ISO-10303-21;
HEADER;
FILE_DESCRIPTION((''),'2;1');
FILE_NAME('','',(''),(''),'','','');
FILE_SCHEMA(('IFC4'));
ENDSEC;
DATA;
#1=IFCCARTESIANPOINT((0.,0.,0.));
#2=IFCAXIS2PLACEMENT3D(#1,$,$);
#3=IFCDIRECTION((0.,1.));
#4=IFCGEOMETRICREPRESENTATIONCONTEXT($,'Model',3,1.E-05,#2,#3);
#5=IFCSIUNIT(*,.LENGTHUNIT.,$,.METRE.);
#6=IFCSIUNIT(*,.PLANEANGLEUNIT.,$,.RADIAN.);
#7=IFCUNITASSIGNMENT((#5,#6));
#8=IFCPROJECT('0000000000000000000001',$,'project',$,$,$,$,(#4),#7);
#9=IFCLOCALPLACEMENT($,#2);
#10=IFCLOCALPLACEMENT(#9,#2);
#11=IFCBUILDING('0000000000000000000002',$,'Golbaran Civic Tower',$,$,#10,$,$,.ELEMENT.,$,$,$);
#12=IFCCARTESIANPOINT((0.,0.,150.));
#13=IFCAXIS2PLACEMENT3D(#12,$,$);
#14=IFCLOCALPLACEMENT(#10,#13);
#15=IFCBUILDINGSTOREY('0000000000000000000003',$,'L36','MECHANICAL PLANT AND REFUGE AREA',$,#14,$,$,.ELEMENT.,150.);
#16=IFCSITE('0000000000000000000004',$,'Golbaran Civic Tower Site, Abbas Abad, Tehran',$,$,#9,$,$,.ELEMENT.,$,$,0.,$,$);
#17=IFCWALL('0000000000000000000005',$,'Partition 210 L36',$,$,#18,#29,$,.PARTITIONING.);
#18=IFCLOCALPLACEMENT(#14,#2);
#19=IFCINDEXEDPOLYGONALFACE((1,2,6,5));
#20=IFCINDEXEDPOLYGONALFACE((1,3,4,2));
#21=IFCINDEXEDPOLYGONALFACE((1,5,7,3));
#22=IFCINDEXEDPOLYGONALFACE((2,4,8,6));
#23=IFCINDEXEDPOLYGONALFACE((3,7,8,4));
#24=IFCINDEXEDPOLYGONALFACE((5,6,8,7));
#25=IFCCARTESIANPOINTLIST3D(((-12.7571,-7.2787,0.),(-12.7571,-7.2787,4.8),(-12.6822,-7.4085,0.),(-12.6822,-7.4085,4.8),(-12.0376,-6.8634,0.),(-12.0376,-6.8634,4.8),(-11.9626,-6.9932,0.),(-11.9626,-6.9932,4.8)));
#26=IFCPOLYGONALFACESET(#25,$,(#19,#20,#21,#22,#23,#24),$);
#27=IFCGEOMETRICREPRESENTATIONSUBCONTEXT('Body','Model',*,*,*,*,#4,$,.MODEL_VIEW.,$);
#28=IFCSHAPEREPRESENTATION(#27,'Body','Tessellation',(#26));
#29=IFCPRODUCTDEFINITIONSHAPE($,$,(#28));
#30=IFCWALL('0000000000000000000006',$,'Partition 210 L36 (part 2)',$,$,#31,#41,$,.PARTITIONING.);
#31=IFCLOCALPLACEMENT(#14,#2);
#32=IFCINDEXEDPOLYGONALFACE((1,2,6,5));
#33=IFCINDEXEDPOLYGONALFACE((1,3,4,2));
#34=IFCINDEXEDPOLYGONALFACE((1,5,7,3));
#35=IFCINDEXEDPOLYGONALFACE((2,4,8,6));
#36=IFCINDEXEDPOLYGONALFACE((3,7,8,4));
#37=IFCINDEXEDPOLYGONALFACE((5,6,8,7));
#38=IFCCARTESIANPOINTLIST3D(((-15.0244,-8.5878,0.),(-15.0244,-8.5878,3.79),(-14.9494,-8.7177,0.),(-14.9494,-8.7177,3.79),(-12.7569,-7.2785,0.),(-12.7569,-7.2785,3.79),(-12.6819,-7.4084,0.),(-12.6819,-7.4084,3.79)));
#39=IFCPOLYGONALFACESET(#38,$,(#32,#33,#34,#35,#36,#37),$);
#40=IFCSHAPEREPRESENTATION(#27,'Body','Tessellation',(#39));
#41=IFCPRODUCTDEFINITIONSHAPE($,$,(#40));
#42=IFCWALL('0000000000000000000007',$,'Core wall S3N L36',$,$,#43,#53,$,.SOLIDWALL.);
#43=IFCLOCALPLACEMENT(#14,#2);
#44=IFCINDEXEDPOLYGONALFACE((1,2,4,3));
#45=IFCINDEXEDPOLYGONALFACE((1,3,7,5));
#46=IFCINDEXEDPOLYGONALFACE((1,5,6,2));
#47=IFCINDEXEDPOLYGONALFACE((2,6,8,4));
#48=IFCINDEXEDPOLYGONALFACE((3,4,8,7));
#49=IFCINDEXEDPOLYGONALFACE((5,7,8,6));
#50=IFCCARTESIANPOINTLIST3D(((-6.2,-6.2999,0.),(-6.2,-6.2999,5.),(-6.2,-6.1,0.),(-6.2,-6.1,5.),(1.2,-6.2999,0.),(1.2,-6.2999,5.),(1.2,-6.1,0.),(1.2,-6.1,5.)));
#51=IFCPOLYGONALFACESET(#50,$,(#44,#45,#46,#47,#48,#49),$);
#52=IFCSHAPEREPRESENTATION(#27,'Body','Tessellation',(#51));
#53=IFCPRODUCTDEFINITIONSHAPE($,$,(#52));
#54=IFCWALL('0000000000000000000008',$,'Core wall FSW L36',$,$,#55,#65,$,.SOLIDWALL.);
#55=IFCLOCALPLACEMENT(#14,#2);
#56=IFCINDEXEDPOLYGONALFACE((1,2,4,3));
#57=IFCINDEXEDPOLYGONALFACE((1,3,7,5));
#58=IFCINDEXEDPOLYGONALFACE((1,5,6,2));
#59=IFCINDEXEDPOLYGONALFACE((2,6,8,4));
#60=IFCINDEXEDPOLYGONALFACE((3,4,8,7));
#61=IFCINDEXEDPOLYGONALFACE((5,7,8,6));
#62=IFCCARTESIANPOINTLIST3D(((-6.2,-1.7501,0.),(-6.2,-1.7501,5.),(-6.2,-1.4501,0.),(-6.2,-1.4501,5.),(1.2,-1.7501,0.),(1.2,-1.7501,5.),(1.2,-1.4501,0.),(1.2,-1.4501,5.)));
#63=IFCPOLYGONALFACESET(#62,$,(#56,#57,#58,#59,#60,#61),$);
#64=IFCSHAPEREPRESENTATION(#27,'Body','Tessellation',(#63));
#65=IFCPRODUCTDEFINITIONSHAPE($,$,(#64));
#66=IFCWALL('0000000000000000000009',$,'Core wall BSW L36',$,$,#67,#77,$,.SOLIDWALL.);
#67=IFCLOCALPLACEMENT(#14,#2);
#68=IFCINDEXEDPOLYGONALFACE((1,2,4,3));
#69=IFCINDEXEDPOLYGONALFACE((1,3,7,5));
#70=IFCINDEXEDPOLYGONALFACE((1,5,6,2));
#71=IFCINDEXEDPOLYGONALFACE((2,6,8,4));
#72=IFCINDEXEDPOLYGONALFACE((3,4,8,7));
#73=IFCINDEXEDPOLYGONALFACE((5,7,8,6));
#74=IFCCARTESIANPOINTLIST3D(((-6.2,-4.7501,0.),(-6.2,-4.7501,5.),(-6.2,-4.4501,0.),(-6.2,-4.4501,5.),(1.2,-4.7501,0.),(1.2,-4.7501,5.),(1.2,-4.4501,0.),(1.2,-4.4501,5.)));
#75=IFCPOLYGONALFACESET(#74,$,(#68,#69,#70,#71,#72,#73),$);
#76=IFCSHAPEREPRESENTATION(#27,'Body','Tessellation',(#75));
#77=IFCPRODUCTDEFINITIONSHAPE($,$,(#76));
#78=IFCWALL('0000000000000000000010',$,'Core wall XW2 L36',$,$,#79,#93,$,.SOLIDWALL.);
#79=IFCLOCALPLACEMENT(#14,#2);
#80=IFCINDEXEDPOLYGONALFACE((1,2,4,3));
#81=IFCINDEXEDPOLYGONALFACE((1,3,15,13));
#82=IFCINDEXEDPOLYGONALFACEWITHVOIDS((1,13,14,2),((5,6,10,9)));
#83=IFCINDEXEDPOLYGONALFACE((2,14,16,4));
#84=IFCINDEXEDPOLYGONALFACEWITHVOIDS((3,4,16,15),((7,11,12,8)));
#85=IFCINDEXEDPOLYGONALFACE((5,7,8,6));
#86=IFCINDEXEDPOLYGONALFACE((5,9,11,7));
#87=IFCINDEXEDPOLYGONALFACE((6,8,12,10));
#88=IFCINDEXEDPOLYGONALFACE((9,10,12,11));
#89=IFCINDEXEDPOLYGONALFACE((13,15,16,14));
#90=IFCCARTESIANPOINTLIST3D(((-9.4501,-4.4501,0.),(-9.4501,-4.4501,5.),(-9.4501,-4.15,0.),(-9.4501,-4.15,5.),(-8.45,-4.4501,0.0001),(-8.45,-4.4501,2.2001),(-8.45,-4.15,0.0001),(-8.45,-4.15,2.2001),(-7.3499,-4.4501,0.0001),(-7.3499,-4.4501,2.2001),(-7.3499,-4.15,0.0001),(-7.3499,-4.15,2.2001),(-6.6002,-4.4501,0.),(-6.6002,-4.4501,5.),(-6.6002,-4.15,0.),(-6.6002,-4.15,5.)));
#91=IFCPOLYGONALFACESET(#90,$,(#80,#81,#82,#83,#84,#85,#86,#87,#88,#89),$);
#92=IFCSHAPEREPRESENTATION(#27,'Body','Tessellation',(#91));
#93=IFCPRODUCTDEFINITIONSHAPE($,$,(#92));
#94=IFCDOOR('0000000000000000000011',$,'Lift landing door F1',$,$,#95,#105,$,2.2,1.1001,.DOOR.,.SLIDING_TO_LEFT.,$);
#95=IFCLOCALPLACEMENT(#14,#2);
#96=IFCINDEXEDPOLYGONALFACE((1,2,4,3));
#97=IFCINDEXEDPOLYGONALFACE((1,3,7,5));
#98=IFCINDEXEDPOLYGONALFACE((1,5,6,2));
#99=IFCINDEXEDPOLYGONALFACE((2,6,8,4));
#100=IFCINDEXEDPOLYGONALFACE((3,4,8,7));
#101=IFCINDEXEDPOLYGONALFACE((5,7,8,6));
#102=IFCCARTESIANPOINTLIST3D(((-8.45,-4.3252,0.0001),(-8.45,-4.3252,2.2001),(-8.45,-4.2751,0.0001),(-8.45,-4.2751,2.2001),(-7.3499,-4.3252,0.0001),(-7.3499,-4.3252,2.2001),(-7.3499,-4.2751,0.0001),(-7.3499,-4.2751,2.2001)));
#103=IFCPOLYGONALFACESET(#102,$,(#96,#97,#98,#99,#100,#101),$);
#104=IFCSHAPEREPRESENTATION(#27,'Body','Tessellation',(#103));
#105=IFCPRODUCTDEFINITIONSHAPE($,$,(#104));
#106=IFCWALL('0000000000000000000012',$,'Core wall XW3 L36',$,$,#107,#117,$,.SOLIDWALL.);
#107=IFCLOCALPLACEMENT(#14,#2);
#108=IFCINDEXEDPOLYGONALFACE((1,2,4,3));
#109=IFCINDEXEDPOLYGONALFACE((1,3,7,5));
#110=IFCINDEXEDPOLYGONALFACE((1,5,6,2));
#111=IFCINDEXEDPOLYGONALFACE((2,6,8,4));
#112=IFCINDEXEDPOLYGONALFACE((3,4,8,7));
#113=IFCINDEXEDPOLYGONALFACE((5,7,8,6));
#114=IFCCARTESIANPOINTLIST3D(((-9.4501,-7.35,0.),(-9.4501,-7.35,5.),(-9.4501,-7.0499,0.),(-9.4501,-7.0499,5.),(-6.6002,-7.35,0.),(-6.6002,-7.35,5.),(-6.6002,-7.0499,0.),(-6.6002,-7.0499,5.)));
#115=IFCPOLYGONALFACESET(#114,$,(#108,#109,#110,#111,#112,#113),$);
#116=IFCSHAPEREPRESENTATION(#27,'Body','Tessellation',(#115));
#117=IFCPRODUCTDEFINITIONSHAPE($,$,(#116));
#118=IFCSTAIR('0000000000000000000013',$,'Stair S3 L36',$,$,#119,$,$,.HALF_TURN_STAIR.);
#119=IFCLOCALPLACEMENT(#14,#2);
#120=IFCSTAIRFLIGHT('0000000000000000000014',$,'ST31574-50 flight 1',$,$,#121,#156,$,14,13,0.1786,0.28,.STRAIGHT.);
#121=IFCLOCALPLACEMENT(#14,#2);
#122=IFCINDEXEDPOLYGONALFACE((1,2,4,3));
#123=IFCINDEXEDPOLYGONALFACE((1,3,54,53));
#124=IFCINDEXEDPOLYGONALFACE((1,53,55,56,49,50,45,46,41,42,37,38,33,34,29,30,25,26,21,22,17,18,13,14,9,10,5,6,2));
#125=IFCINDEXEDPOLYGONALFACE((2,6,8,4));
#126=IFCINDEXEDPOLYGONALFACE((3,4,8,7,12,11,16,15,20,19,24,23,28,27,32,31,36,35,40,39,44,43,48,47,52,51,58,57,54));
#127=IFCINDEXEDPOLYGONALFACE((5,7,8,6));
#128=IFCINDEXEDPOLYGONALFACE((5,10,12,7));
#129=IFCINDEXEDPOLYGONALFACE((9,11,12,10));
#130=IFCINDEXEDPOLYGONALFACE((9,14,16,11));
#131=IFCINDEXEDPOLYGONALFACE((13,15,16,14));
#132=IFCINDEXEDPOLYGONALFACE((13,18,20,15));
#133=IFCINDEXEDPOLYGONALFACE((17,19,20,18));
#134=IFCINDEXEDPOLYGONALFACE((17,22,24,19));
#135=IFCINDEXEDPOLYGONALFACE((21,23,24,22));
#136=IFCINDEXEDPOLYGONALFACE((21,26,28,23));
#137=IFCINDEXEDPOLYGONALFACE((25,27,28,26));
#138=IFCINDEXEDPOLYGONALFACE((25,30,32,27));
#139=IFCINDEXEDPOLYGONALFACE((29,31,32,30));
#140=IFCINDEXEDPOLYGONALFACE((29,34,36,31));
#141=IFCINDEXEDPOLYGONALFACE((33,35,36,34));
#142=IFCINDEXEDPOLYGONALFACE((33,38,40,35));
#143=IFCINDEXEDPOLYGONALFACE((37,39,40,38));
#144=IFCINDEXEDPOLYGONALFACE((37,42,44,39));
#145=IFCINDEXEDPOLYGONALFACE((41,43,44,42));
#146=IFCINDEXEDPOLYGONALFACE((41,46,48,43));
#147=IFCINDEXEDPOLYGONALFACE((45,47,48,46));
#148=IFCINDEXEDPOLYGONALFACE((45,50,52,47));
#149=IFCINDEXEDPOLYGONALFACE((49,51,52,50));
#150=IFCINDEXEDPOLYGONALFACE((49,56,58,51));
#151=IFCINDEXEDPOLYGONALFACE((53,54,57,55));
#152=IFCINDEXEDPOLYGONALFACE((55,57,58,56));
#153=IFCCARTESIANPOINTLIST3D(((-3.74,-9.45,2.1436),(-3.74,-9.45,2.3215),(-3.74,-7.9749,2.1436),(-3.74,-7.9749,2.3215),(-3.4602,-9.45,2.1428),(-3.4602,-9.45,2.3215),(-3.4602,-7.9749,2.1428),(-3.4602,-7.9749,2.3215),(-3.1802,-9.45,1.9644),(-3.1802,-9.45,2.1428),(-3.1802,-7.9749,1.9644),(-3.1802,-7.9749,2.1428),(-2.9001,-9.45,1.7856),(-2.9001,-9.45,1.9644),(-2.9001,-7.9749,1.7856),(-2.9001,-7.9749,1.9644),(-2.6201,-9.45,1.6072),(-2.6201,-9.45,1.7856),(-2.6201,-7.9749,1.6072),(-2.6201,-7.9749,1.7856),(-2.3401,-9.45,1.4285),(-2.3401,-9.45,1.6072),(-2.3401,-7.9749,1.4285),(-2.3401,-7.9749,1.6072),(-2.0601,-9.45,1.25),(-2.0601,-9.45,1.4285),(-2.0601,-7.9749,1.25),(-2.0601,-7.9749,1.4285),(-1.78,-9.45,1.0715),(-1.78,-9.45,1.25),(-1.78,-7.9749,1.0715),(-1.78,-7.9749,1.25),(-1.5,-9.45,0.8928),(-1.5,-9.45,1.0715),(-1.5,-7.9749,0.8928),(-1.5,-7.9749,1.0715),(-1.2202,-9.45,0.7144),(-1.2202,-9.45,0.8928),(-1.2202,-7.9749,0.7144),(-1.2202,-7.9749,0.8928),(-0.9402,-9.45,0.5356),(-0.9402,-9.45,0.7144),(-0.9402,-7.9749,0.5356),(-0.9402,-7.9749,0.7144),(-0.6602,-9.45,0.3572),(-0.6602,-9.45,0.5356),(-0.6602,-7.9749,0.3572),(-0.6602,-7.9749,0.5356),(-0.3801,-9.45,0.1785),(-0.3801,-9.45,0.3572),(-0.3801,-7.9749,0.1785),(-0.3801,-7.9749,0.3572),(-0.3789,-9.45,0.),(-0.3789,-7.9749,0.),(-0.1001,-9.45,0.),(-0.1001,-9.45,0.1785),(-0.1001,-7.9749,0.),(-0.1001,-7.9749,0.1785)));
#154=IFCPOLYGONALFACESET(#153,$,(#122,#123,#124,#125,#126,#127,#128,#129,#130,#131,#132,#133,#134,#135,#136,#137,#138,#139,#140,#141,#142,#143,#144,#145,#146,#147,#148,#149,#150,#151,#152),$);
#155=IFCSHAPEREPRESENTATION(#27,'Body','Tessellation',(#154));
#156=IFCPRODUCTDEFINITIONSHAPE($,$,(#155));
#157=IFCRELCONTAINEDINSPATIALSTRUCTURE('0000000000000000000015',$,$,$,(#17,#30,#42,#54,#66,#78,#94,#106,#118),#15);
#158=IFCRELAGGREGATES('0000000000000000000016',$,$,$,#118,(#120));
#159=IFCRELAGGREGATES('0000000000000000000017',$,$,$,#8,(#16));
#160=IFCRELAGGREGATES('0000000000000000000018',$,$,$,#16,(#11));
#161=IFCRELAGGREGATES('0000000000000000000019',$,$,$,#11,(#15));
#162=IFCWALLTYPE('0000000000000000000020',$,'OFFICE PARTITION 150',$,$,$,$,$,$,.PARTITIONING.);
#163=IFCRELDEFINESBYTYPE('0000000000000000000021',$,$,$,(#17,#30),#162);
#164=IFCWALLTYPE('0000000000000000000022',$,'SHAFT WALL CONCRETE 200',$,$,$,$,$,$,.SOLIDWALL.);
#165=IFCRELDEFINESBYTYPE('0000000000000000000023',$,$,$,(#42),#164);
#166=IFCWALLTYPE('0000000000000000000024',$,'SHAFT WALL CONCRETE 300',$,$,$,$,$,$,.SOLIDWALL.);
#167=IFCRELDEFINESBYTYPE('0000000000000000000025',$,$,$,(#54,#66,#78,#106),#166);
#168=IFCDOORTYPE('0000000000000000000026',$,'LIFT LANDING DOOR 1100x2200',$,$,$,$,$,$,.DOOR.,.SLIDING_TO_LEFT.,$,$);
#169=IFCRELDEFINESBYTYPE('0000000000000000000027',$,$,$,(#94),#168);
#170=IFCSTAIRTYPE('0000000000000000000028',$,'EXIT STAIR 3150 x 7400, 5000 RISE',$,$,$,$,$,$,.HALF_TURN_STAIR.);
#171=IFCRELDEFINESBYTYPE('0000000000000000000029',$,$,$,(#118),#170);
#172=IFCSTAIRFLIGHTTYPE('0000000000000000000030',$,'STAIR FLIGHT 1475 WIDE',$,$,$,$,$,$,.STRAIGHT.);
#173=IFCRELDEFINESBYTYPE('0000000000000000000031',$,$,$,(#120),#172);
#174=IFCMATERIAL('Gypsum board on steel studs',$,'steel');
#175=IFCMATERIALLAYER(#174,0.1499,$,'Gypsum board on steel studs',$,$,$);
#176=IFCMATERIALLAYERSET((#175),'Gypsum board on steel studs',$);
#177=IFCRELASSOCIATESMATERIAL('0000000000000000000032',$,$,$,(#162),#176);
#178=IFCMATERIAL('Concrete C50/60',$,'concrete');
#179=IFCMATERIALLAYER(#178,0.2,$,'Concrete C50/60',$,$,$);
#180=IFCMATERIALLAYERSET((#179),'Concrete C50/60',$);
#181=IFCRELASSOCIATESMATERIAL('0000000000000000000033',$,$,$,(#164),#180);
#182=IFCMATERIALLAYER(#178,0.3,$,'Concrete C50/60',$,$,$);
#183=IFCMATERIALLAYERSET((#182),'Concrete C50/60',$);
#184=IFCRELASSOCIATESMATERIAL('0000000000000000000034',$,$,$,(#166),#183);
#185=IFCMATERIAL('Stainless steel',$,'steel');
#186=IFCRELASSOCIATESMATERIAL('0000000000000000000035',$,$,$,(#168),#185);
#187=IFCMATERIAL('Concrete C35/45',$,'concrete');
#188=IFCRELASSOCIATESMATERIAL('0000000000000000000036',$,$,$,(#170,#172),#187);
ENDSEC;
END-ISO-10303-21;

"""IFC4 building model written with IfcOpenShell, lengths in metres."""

from ifc_helpers import new_model, si_unit, direction, frame, frame_2d, origin, place, context, subcontext, project, spatial, polyline, rectangle, outline, extrude, material, layer, layer_set, type_object, element, fill, aggregate, save


model = new_model("IFC4")

# Units and contexts
model_context = context("Model", 3, precision=1e-05, world=origin(), true_north=direction((0.0, 1.0)))
body_context = subcontext(model_context, "Body", "Model", "MODEL_VIEW")
ifc_project = project(units=[si_unit("LENGTHUNIT", "METRE"), si_unit("PLANEANGLEUNIT", "RADIAN")], contexts=[model_context])

# Site, building, storey
site_placement = place(None, origin())
site = spatial("IfcSite", under=ifc_project, at=site_placement, Name="Golbaran Civic Tower Site, Abbas Abad, Tehran", CompositionType="ELEMENT", RefElevation=0.0)
building_placement = place(site_placement, origin())
building = spatial("IfcBuilding", under=site, at=building_placement, Name="Golbaran Civic Tower", CompositionType="ELEMENT")
storey_placement = place(building_placement, frame((0.0, 0.0, 150.0)))
storey = spatial("IfcBuildingStorey", under=building, at=storey_placement, Name="L36", Description="MECHANICAL PLANT AND REFUGE AREA", CompositionType="ELEMENT", Elevation=150.0)

# Shared definitions
ifc_material_1 = material(Name="Concrete C50/60", Category="concrete")

# Walls
ifc_material_2 = material(Name="Gypsum board on steel studs", Category="steel")
ifc_layer_1 = layer(ifc_material_2, 0.1499, Name="Gypsum board on steel studs")
ifc_layer_set_1 = layer_set([ifc_layer_1], Name="Gypsum board on steel studs")
wall_type_1 = type_object("IfcWallType", Name="OFFICE PARTITION 150", PredefinedType="PARTITIONING", material=ifc_layer_set_1)
wall_1_placement = place(storey_placement, frame((-12.0, -6.9282, 0.0), z_axis=(0.0, 0.0, 1.0), x_axis=(-0.866083, -0.499901, 0.0)))
element("IfcWall", 1, at=wall_1_placement, inside=storey, type_object=wall_type_1, Name="Partition 210 L36", PredefinedType="PARTITIONING", context=body_context, shape_type="SweptSolid", body=[
    extrude(rectangle(XDim=0.8308, YDim=0.1499, at=frame_2d((0.4155, 0.0))), origin(), (0.0, 0.0, 1.0), 4.8),
])
wall_2_placement = place(storey_placement, frame((-12.7195, -7.3435, 0.0), z_axis=(0.0, 0.0, 1.0), x_axis=(-0.866002, -0.50004, 0.0)))
element("IfcWall", 2, at=wall_2_placement, inside=storey, type_object=wall_type_1, Name="Partition 210 L36 (part 2)", PredefinedType="PARTITIONING", context=body_context, shape_type="SweptSolid", body=[
    extrude(rectangle(XDim=2.6184, YDim=0.1499, at=frame_2d((1.3091, 0.0))), origin(), (0.0, 0.0, 1.0), 3.79),
])
ifc_layer_2 = layer(ifc_material_1, 0.2, Name="Concrete C50/60")
ifc_layer_set_2 = layer_set([ifc_layer_2], Name="Concrete C50/60")
wall_type_2 = type_object("IfcWallType", Name="SHAFT WALL CONCRETE 200", PredefinedType="SOLIDWALL", material=ifc_layer_set_2)
wall_3_placement = place(storey_placement, frame((-6.2, -6.2, 0.0), z_axis=(0.0, 0.0, 1.0), x_axis=(1.0, 0.0, 0.0)))
element("IfcWall", 3, at=wall_3_placement, inside=storey, type_object=wall_type_2, Name="Core wall S3N L36", PredefinedType="SOLIDWALL", context=body_context, shape_type="SweptSolid", body=[
    extrude(rectangle(XDim=7.3999, YDim=0.2, at=frame_2d((3.7, 0.0))), origin(), (0.0, 0.0, 1.0), 5.0),
])
ifc_layer_3 = layer(ifc_material_1, 0.3, Name="Concrete C50/60")
ifc_layer_set_3 = layer_set([ifc_layer_3], Name="Concrete C50/60")
wall_type_3 = type_object("IfcWallType", Name="SHAFT WALL CONCRETE 300", PredefinedType="SOLIDWALL", material=ifc_layer_set_3)
for number, where, z_axis, x_axis, name in (
    (4, (-6.2, -1.6001, 0.0), (0.0, 0.0, 1.0), (1.0, 0.0, 0.0), "Core wall FSW L36"),
    (5, (-6.2, -4.6001, 0.0), (0.0, 0.0, 1.0), (1.0, 0.0, 0.0), "Core wall BSW L36"),
):
    element("IfcWall", number, at=place(storey_placement, frame(where, z_axis=z_axis, x_axis=x_axis)), inside=storey, type_object=wall_type_3, Name=name, PredefinedType="SOLIDWALL", context=body_context, shape_type="SweptSolid", body=[
        extrude(rectangle(XDim=7.3999, YDim=0.3, at=frame_2d((3.7, 0.0))), origin(), (0.0, 0.0, 1.0), 5.0),
    ])

# Wall, opening, door
wall_4_placement = place(storey_placement, frame((-9.45, -4.3, 0.0), z_axis=(0.0, 0.0, 1.0), x_axis=(1.0, 0.0, 0.0)))
wall_4 = element("IfcWall", 6, at=wall_4_placement, inside=storey, type_object=wall_type_3, Name="Core wall XW2 L36", PredefinedType="SOLIDWALL", context=body_context, shape_type="SweptSolid", body=[
    extrude(rectangle(XDim=2.8499, YDim=0.3, at=frame_2d((1.4248, 0.0))), origin(), (0.0, 0.0, 1.0), 5.0),
])
opening_1_placement = place(wall_4_placement, frame((1.0, 0.0, 0.0)))
opening_1 = element("IfcOpeningElement", 7, at=opening_1_placement, cuts=wall_4, PredefinedType="OPENING", context=body_context, shape_type="SweptSolid", body=[
    extrude(rectangle(XDim=1.1001, YDim=2.2, at=frame_2d((0.55, 1.1001))), frame((0.0, 0.1599, 0.0), z_axis=(0.0, -1.0, 0.0), x_axis=(1.0, 0.0, 0.0)), (0.0, 0.0, 1.0), 0.3201),
])
ifc_material_3 = material(Name="Stainless steel", Category="steel")
door_type_1 = type_object("IfcDoorType", Name="LIFT LANDING DOOR 1100x2200", OperationType="SLIDING_TO_LEFT", PredefinedType="DOOR", material=ifc_material_3)
door_1_placement = place(opening_1_placement, origin())
door_1 = element("IfcDoor", 8, at=door_1_placement, inside=storey, type_object=door_type_1, Name="Lift landing door F1", OperationType="SLIDING_TO_LEFT", OverallHeight=2.2, OverallWidth=1.1001, PredefinedType="DOOR", context=body_context, shape_type="SweptSolid", body=[
    extrude(rectangle(XDim=1.1001, YDim=2.2, at=frame_2d((0.55, 1.1001))), frame((0.0, 0.0249, 0.0), z_axis=(0.0, -1.0, 0.0), x_axis=(1.0, 0.0, 0.0)), (0.0, 0.0, 1.0), 0.05),
])
fill(opening_1, door_1)

# Wall
wall_5_placement = place(storey_placement, frame((-9.45, -7.2, 0.0), z_axis=(0.0, 0.0, 1.0), x_axis=(1.0, 0.0, 0.0)))
element("IfcWall", 9, at=wall_5_placement, inside=storey, type_object=wall_type_3, Name="Core wall XW3 L36", PredefinedType="SOLIDWALL", context=body_context, shape_type="SweptSolid", body=[
    extrude(rectangle(XDim=2.8499, YDim=0.3, at=frame_2d((1.4248, 0.0))), origin(), (0.0, 0.0, 1.0), 5.0),
])

# Stair, stair flight
ifc_material_4 = material(Name="Concrete C35/45", Category="concrete")
stair_type = type_object("IfcStairType", Name="EXIT STAIR 3150 x 7400, 5000 RISE", PredefinedType="HALF_TURN_STAIR", material=ifc_material_4)
stair_placement = place(storey_placement, origin())
stair = element("IfcStair", 10, at=stair_placement, inside=storey, type_object=stair_type, Name="Stair S3 L36", PredefinedType="HALF_TURN_STAIR")
stair_flight_type = type_object("IfcStairFlightType", Name="STAIR FLIGHT 1475 WIDE", PredefinedType="STRAIGHT", material=ifc_material_4)
stair_flight_1_placement = place(storey_placement, frame((-0.1001, -8.7124, 0.0), z_axis=(0.0, 0.0, 1.0), x_axis=(-1.0, 0.0, 0.0)))
stair_flight_1 = element("IfcStairFlight", 11, at=stair_flight_1_placement, type_object=stair_flight_type, Name="ST31574-50 flight 1", NumberOfRisers=14, NumberOfTreads=13, PredefinedType="STRAIGHT", RiserHeight=0.1786, TreadLength=0.28, context=body_context, shape_type="SweptSolid", body=[
    extrude(outline(polyline([(0.0, 0.0), (0.0, 0.1785), (0.28, 0.1785), (0.28, 0.3572), (0.5601, 0.3572), (0.5601, 0.5356), (0.8401, 0.5356), (0.8401, 0.7144), (1.1201, 0.7144), (1.1201, 0.8928), (1.3999, 0.8928), (1.3999, 1.0715), (1.6799, 1.0715), (1.6799, 1.25), (1.96, 1.25), (1.96, 1.4285), (2.24, 1.4285), (2.24, 1.6072), (2.52, 1.6072), (2.52, 1.7856), (2.8, 1.7856), (2.8, 1.9644), (3.0801, 1.9644), (3.0801, 2.1428), (3.3601, 2.1428), (3.3601, 2.3215), (3.6399, 2.3215), (3.6399, 2.5), (3.6399, 2.1436), (0.2788, 0.0), (0.0, 0.0)])), frame((0.0, 0.7375, 0.0), z_axis=(0.0, -1.0, 0.0), x_axis=(1.0, 0.0, 0.0)), (0.0, 0.0, 1.0), 1.4751),
])
aggregate(stair, [stair_flight_1])

save(model, "model.ifc")
